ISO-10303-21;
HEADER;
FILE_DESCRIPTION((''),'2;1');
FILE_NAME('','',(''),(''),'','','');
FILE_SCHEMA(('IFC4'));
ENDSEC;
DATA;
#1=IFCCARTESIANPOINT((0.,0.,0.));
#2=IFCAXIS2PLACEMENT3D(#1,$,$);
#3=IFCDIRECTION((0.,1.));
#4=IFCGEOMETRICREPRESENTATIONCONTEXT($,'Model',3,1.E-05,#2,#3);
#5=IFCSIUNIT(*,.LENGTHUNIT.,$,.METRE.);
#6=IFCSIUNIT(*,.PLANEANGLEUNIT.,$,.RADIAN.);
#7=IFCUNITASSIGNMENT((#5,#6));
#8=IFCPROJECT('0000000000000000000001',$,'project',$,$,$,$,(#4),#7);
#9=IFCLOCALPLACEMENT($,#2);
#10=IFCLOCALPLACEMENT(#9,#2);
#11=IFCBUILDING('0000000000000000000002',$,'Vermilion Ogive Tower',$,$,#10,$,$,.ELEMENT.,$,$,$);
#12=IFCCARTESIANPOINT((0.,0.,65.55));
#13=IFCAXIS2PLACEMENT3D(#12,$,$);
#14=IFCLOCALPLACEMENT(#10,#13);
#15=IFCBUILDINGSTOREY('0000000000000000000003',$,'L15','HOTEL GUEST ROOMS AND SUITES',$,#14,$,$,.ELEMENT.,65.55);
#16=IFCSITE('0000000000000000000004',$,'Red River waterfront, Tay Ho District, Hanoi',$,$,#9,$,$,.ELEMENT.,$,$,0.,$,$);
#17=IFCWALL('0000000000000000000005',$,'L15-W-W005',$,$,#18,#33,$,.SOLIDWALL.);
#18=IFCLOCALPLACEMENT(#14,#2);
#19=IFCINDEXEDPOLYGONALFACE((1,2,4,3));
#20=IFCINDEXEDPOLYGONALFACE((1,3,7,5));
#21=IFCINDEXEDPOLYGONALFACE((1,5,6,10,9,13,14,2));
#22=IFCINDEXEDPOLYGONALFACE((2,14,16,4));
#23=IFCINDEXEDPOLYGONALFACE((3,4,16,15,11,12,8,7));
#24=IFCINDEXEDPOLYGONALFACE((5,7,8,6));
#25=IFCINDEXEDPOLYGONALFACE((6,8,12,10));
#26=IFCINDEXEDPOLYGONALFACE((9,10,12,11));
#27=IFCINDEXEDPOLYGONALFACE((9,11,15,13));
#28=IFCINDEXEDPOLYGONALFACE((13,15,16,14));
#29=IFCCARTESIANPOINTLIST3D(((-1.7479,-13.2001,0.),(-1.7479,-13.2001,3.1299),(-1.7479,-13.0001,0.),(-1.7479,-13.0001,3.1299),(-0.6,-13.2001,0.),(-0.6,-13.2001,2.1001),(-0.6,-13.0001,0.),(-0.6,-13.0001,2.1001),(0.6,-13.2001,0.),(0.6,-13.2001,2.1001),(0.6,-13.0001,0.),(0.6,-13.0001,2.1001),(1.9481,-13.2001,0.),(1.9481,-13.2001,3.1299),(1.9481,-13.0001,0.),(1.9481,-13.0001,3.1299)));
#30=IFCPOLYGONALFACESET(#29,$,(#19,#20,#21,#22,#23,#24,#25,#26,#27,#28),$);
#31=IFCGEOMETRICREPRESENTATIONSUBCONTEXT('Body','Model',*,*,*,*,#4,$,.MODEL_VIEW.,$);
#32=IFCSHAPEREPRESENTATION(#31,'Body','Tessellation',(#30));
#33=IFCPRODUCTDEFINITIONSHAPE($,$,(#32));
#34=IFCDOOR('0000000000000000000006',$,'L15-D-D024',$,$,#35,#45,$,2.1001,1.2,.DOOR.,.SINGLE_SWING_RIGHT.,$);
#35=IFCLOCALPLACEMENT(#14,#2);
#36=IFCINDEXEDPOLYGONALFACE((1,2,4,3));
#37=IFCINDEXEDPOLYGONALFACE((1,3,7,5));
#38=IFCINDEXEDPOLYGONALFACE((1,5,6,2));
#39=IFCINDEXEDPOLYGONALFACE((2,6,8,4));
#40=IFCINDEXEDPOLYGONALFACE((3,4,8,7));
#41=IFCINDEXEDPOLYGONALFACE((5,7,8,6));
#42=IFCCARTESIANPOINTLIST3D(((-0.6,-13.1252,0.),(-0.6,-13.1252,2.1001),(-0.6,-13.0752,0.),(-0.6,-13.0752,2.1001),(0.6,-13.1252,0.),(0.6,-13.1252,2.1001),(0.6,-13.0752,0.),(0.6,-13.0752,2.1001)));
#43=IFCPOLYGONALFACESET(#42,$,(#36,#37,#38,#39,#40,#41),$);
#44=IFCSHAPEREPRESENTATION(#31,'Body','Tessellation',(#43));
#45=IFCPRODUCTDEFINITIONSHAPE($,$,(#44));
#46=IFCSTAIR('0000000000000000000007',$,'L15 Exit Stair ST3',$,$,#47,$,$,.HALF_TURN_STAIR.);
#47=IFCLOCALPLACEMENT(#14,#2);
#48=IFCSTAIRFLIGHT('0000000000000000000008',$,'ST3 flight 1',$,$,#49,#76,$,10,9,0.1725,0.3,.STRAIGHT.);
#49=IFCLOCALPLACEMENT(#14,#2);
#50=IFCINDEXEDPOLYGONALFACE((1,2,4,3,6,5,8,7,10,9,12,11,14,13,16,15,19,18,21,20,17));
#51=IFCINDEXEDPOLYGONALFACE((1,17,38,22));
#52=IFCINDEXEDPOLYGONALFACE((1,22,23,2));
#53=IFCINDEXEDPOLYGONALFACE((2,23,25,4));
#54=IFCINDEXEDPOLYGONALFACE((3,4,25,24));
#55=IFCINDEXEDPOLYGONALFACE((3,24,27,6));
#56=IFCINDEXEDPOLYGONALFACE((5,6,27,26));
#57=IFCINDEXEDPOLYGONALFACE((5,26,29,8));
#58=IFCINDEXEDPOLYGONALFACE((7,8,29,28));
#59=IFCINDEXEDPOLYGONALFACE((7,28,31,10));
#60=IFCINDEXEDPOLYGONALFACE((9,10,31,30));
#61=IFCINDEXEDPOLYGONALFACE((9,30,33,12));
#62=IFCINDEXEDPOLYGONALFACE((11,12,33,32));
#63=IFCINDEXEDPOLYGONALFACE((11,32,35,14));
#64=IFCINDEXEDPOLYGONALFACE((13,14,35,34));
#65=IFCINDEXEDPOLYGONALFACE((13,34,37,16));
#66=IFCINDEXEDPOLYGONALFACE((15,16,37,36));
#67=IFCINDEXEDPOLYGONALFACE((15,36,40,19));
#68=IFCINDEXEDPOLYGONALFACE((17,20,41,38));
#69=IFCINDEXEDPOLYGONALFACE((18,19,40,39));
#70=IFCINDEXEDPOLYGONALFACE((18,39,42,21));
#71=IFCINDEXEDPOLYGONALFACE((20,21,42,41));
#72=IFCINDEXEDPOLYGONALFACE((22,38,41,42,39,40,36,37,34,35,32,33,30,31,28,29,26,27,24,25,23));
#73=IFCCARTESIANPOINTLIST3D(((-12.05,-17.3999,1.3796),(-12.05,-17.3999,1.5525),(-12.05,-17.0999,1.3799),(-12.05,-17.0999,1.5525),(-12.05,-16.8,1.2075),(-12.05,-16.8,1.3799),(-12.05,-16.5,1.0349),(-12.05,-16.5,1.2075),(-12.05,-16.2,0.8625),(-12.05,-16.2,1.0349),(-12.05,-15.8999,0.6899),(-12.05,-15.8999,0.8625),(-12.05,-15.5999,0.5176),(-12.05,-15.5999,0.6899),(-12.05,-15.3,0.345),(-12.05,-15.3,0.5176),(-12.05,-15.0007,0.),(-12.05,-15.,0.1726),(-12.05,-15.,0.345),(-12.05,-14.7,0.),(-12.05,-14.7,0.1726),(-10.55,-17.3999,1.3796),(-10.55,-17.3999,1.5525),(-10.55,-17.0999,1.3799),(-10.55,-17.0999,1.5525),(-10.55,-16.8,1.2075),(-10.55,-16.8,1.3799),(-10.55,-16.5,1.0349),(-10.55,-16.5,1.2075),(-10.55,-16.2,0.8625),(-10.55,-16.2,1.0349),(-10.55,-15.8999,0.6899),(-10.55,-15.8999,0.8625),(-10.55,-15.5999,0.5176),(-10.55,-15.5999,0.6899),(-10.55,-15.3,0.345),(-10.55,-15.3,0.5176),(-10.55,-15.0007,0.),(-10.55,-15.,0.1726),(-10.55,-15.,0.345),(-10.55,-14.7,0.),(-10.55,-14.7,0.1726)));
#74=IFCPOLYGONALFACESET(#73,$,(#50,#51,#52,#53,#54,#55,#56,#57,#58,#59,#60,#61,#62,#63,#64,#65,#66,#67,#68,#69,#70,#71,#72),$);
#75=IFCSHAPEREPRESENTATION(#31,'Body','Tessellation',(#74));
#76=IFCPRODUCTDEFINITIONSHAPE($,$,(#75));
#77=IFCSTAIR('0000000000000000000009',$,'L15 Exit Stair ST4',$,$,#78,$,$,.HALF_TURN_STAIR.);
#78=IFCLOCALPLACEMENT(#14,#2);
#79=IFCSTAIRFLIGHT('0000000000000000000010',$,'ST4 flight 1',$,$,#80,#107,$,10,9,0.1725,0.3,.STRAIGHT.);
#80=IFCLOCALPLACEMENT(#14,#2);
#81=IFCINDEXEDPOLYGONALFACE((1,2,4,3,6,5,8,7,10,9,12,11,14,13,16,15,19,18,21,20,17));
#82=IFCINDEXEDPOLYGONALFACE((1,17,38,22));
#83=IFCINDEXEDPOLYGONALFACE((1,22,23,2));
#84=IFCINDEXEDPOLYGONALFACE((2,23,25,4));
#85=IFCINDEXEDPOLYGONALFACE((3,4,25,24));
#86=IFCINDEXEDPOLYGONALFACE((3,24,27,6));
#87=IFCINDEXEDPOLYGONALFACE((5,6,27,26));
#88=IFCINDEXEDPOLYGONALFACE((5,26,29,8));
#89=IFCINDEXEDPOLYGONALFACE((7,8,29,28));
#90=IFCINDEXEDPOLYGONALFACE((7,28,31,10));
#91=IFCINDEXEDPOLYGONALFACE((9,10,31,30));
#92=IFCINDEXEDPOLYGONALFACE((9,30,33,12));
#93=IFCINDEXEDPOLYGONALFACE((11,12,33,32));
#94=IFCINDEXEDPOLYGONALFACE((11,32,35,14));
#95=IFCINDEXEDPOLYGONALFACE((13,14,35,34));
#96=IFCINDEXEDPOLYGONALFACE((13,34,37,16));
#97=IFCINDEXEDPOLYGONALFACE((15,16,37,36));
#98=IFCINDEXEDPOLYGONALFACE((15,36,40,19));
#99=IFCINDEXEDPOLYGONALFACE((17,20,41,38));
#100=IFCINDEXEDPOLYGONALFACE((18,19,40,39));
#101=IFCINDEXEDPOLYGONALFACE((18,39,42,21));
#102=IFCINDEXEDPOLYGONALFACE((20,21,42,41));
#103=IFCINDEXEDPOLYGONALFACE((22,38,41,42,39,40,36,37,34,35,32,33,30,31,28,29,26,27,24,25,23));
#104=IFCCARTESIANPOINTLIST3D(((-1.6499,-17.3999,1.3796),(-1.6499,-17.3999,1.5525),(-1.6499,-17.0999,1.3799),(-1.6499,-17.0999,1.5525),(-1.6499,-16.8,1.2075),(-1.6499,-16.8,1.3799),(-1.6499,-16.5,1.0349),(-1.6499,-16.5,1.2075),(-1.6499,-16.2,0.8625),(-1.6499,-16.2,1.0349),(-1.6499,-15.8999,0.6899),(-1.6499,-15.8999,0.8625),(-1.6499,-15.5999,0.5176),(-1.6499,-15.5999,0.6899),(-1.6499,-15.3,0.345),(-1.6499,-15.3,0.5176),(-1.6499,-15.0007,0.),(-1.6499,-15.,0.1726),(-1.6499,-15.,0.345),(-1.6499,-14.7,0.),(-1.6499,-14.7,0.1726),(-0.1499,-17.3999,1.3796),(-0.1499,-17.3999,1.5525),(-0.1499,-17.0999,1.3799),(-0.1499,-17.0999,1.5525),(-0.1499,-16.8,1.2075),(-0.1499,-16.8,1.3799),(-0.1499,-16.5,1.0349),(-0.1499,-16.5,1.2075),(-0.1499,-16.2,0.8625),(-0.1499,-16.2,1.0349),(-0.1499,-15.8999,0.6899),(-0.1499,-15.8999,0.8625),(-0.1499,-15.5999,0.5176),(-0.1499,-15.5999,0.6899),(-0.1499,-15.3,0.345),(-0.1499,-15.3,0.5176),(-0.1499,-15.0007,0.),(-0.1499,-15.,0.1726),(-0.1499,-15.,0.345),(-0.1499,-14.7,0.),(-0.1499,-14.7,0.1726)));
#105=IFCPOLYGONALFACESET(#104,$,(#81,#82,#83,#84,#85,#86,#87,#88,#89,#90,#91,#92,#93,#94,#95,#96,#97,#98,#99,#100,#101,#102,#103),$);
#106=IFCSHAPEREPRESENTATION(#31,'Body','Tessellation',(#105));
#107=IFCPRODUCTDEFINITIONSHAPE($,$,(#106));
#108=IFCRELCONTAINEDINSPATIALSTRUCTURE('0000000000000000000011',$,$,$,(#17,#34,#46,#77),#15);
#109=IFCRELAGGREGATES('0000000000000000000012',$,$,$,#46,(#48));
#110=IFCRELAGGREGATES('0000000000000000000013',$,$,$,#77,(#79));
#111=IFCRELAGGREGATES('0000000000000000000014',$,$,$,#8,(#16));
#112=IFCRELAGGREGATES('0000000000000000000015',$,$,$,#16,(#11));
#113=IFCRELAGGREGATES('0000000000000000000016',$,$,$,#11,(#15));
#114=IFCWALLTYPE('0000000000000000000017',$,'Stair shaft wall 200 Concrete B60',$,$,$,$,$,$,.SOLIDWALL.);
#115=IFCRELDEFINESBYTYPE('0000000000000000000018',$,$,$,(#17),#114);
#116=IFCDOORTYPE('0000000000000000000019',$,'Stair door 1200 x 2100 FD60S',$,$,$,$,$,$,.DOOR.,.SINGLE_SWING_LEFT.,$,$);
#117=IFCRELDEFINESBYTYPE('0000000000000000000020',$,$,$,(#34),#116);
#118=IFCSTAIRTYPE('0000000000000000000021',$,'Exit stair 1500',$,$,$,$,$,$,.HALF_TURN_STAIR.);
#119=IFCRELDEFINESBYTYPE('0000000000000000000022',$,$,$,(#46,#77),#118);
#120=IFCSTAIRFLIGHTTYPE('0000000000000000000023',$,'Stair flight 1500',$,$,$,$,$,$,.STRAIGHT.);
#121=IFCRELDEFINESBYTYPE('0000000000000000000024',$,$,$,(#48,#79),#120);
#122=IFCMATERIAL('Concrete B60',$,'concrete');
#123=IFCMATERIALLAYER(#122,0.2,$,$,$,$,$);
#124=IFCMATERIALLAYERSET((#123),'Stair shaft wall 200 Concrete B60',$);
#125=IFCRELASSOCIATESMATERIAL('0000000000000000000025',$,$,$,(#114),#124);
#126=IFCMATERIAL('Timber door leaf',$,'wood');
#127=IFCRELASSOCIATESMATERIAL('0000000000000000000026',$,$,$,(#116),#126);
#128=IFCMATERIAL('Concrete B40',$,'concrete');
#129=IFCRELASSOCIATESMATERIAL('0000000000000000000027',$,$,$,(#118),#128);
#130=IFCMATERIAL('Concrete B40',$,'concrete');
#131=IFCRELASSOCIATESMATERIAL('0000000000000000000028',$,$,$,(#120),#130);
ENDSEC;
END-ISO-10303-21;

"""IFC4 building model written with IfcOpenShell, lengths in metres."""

from ifc_helpers import new_model, si_unit, direction, frame, frame_2d, origin, place, context, subcontext, project, spatial, polyline, rectangle, outline, extrude, material, layer, layer_set, type_object, element, fill, aggregate, save


model = new_model("IFC4")

# Units and contexts
model_context = context("Model", 3, precision=1e-05, world=origin(), true_north=direction((0.0, 1.0)))
body_context = subcontext(model_context, "Body", "Model", "MODEL_VIEW")
ifc_project = project(units=[si_unit("LENGTHUNIT", "METRE"), si_unit("PLANEANGLEUNIT", "RADIAN")], contexts=[model_context])

# Site, building, storey
site_placement = place(None, origin())
site = spatial("IfcSite", under=ifc_project, at=site_placement, Name="Red River waterfront, Tay Ho District, Hanoi", CompositionType="ELEMENT", RefElevation=0.0)
building_placement = place(site_placement, origin())
building = spatial("IfcBuilding", under=site, at=building_placement, Name="Vermilion Ogive Tower", CompositionType="ELEMENT")
storey_placement = place(building_placement, frame((0.0, 0.0, 65.55)))
storey = spatial("IfcBuildingStorey", under=building, at=storey_placement, Name="L15", Description="HOTEL GUEST ROOMS AND SUITES", CompositionType="ELEMENT", Elevation=65.55)

# Wall, opening, door
ifc_material_1 = material(Name="Concrete B60", Category="concrete")
ifc_layer_1 = layer(ifc_material_1, 0.2)
ifc_layer_set_1 = layer_set([ifc_layer_1], Name="Stair shaft wall 200 Concrete B60")
wall_type_1 = type_object("IfcWallType", Name="Stair shaft wall 200 Concrete B60", PredefinedType="SOLIDWALL", material=ifc_layer_set_1)
wall_1_placement = place(storey_placement, frame((-1.748, -13.1001, 0.0), z_axis=(0.0, 0.0, 1.0), x_axis=(1.0, 0.0, 0.0)))
wall_1 = element("IfcWall", 1, at=wall_1_placement, inside=storey, type_object=wall_type_1, Name="L15-W-W005", PredefinedType="SOLIDWALL", context=body_context, shape_type="SweptSolid", body=[
    extrude(rectangle(XDim=3.696, YDim=0.2, at=frame_2d((1.8481, 0.0))), origin(), (0.0, 0.0, 1.0), 3.1299),
])
opening_1_placement = place(wall_1_placement, frame((1.1479, 0.0, 0.0)))
opening_1 = element("IfcOpeningElement", 2, at=opening_1_placement, cuts=wall_1, PredefinedType="OPENING", context=body_context, shape_type="SweptSolid", body=[
    extrude(rectangle(XDim=1.2, YDim=2.1001, at=frame_2d((0.6001, 1.05))), frame((0.0, 0.1099, 0.0), z_axis=(0.0, -1.0, 0.0), x_axis=(1.0, 0.0, 0.0)), (0.0, 0.0, 1.0), 0.22),
])
ifc_material_2 = material(Name="Timber door leaf", Category="wood")
door_type_1 = type_object("IfcDoorType", Name="Stair door 1200 x 2100 FD60S", OperationType="SINGLE_SWING_LEFT", PredefinedType="DOOR", material=ifc_material_2)
door_1_placement = place(opening_1_placement, origin())
door_1 = element("IfcDoor", 3, at=door_1_placement, inside=storey, type_object=door_type_1, Name="L15-D-D024", OperationType="SINGLE_SWING_RIGHT", OverallHeight=2.1001, OverallWidth=1.2, PredefinedType="DOOR", context=body_context, shape_type="SweptSolid", body=[
    extrude(rectangle(XDim=1.2, YDim=2.1001, at=frame_2d((0.6001, 1.05))), frame((0.0, 0.0249, 0.0), z_axis=(0.0, -1.0, 0.0), x_axis=(1.0, 0.0, 0.0)), (0.0, 0.0, 1.0), 0.05),
])
fill(opening_1, door_1)

# Stairs, stair flights
ifc_material_3 = material(Name="Concrete B40", Category="concrete")
stair_type = type_object("IfcStairType", Name="Exit stair 1500", PredefinedType="HALF_TURN_STAIR", material=ifc_material_3)
stair_1_placement = place(storey_placement, origin())
stair_1 = element("IfcStair", 4, at=stair_1_placement, inside=storey, type_object=stair_type, Name="L15 Exit Stair ST3", PredefinedType="HALF_TURN_STAIR")
ifc_material_4 = material(Name="Concrete B40", Category="concrete")
stair_flight_type = type_object("IfcStairFlightType", Name="Stair flight 1500", PredefinedType="STRAIGHT", material=ifc_material_4)
stair_flight_1_placement = place(storey_placement, frame((-11.3, -14.7, 0.0), z_axis=(0.0, 0.0, 1.0), x_axis=(0.0, -1.0, 0.0)))
stair_flight_1 = element("IfcStairFlight", 5, at=stair_flight_1_placement, type_object=stair_flight_type, Name="ST3 flight 1", NumberOfRisers=10, NumberOfTreads=9, PredefinedType="STRAIGHT", RiserHeight=0.1725, TreadLength=0.3, context=body_context, shape_type="SweptSolid", body=[
    extrude(outline(polyline([(0.0, 0.0), (0.0, 0.1726), (0.3, 0.1726), (0.3, 0.345), (0.6001, 0.345), (0.6001, 0.5176), (0.8999, 0.5176), (0.8999, 0.6899), (1.2, 0.6899), (1.2, 0.8625), (1.5, 0.8625), (1.5, 1.0349), (1.8, 1.0349), (1.8, 1.2075), (2.1001, 1.2075), (2.1001, 1.3799), (2.3999, 1.3799), (2.3999, 1.5525), (2.7, 1.5525), (2.7, 1.7251), (2.7, 1.3796), (0.3008, 0.0), (0.0, 0.0)])), frame((0.0, 0.75, 0.0), z_axis=(0.0, -1.0, 0.0), x_axis=(1.0, 0.0, 0.0)), (0.0, 0.0, 1.0), 1.5),
])
aggregate(stair_1, [stair_flight_1])
stair_2_placement = place(storey_placement, origin())
stair_2 = element("IfcStair", 6, at=stair_2_placement, inside=storey, type_object=stair_type, Name="L15 Exit Stair ST4", PredefinedType="HALF_TURN_STAIR")
stair_flight_2_placement = place(storey_placement, frame((-0.8999, -14.7, 0.0), z_axis=(0.0, 0.0, 1.0), x_axis=(0.0, -1.0, 0.0)))
stair_flight_2 = element("IfcStairFlight", 7, at=stair_flight_2_placement, type_object=stair_flight_type, Name="ST4 flight 1", NumberOfRisers=10, NumberOfTreads=9, PredefinedType="STRAIGHT", RiserHeight=0.1725, TreadLength=0.3, context=body_context, shape_type="SweptSolid", body=[
    extrude(outline(polyline([(0.0, 0.0), (0.0, 0.1726), (0.3, 0.1726), (0.3, 0.345), (0.6001, 0.345), (0.6001, 0.5176), (0.8999, 0.5176), (0.8999, 0.6899), (1.2, 0.6899), (1.2, 0.8625), (1.5, 0.8625), (1.5, 1.0349), (1.8, 1.0349), (1.8, 1.2075), (2.1001, 1.2075), (2.1001, 1.3799), (2.3999, 1.3799), (2.3999, 1.5525), (2.7, 1.5525), (2.7, 1.7251), (2.7, 1.3796), (0.3008, 0.0), (0.0, 0.0)])), frame((0.0, 0.75, 0.0), z_axis=(0.0, -1.0, 0.0), x_axis=(1.0, 0.0, 0.0)), (0.0, 0.0, 1.0), 1.5),
])
aggregate(stair_2, [stair_flight_2])

save(model, "model.ifc")
